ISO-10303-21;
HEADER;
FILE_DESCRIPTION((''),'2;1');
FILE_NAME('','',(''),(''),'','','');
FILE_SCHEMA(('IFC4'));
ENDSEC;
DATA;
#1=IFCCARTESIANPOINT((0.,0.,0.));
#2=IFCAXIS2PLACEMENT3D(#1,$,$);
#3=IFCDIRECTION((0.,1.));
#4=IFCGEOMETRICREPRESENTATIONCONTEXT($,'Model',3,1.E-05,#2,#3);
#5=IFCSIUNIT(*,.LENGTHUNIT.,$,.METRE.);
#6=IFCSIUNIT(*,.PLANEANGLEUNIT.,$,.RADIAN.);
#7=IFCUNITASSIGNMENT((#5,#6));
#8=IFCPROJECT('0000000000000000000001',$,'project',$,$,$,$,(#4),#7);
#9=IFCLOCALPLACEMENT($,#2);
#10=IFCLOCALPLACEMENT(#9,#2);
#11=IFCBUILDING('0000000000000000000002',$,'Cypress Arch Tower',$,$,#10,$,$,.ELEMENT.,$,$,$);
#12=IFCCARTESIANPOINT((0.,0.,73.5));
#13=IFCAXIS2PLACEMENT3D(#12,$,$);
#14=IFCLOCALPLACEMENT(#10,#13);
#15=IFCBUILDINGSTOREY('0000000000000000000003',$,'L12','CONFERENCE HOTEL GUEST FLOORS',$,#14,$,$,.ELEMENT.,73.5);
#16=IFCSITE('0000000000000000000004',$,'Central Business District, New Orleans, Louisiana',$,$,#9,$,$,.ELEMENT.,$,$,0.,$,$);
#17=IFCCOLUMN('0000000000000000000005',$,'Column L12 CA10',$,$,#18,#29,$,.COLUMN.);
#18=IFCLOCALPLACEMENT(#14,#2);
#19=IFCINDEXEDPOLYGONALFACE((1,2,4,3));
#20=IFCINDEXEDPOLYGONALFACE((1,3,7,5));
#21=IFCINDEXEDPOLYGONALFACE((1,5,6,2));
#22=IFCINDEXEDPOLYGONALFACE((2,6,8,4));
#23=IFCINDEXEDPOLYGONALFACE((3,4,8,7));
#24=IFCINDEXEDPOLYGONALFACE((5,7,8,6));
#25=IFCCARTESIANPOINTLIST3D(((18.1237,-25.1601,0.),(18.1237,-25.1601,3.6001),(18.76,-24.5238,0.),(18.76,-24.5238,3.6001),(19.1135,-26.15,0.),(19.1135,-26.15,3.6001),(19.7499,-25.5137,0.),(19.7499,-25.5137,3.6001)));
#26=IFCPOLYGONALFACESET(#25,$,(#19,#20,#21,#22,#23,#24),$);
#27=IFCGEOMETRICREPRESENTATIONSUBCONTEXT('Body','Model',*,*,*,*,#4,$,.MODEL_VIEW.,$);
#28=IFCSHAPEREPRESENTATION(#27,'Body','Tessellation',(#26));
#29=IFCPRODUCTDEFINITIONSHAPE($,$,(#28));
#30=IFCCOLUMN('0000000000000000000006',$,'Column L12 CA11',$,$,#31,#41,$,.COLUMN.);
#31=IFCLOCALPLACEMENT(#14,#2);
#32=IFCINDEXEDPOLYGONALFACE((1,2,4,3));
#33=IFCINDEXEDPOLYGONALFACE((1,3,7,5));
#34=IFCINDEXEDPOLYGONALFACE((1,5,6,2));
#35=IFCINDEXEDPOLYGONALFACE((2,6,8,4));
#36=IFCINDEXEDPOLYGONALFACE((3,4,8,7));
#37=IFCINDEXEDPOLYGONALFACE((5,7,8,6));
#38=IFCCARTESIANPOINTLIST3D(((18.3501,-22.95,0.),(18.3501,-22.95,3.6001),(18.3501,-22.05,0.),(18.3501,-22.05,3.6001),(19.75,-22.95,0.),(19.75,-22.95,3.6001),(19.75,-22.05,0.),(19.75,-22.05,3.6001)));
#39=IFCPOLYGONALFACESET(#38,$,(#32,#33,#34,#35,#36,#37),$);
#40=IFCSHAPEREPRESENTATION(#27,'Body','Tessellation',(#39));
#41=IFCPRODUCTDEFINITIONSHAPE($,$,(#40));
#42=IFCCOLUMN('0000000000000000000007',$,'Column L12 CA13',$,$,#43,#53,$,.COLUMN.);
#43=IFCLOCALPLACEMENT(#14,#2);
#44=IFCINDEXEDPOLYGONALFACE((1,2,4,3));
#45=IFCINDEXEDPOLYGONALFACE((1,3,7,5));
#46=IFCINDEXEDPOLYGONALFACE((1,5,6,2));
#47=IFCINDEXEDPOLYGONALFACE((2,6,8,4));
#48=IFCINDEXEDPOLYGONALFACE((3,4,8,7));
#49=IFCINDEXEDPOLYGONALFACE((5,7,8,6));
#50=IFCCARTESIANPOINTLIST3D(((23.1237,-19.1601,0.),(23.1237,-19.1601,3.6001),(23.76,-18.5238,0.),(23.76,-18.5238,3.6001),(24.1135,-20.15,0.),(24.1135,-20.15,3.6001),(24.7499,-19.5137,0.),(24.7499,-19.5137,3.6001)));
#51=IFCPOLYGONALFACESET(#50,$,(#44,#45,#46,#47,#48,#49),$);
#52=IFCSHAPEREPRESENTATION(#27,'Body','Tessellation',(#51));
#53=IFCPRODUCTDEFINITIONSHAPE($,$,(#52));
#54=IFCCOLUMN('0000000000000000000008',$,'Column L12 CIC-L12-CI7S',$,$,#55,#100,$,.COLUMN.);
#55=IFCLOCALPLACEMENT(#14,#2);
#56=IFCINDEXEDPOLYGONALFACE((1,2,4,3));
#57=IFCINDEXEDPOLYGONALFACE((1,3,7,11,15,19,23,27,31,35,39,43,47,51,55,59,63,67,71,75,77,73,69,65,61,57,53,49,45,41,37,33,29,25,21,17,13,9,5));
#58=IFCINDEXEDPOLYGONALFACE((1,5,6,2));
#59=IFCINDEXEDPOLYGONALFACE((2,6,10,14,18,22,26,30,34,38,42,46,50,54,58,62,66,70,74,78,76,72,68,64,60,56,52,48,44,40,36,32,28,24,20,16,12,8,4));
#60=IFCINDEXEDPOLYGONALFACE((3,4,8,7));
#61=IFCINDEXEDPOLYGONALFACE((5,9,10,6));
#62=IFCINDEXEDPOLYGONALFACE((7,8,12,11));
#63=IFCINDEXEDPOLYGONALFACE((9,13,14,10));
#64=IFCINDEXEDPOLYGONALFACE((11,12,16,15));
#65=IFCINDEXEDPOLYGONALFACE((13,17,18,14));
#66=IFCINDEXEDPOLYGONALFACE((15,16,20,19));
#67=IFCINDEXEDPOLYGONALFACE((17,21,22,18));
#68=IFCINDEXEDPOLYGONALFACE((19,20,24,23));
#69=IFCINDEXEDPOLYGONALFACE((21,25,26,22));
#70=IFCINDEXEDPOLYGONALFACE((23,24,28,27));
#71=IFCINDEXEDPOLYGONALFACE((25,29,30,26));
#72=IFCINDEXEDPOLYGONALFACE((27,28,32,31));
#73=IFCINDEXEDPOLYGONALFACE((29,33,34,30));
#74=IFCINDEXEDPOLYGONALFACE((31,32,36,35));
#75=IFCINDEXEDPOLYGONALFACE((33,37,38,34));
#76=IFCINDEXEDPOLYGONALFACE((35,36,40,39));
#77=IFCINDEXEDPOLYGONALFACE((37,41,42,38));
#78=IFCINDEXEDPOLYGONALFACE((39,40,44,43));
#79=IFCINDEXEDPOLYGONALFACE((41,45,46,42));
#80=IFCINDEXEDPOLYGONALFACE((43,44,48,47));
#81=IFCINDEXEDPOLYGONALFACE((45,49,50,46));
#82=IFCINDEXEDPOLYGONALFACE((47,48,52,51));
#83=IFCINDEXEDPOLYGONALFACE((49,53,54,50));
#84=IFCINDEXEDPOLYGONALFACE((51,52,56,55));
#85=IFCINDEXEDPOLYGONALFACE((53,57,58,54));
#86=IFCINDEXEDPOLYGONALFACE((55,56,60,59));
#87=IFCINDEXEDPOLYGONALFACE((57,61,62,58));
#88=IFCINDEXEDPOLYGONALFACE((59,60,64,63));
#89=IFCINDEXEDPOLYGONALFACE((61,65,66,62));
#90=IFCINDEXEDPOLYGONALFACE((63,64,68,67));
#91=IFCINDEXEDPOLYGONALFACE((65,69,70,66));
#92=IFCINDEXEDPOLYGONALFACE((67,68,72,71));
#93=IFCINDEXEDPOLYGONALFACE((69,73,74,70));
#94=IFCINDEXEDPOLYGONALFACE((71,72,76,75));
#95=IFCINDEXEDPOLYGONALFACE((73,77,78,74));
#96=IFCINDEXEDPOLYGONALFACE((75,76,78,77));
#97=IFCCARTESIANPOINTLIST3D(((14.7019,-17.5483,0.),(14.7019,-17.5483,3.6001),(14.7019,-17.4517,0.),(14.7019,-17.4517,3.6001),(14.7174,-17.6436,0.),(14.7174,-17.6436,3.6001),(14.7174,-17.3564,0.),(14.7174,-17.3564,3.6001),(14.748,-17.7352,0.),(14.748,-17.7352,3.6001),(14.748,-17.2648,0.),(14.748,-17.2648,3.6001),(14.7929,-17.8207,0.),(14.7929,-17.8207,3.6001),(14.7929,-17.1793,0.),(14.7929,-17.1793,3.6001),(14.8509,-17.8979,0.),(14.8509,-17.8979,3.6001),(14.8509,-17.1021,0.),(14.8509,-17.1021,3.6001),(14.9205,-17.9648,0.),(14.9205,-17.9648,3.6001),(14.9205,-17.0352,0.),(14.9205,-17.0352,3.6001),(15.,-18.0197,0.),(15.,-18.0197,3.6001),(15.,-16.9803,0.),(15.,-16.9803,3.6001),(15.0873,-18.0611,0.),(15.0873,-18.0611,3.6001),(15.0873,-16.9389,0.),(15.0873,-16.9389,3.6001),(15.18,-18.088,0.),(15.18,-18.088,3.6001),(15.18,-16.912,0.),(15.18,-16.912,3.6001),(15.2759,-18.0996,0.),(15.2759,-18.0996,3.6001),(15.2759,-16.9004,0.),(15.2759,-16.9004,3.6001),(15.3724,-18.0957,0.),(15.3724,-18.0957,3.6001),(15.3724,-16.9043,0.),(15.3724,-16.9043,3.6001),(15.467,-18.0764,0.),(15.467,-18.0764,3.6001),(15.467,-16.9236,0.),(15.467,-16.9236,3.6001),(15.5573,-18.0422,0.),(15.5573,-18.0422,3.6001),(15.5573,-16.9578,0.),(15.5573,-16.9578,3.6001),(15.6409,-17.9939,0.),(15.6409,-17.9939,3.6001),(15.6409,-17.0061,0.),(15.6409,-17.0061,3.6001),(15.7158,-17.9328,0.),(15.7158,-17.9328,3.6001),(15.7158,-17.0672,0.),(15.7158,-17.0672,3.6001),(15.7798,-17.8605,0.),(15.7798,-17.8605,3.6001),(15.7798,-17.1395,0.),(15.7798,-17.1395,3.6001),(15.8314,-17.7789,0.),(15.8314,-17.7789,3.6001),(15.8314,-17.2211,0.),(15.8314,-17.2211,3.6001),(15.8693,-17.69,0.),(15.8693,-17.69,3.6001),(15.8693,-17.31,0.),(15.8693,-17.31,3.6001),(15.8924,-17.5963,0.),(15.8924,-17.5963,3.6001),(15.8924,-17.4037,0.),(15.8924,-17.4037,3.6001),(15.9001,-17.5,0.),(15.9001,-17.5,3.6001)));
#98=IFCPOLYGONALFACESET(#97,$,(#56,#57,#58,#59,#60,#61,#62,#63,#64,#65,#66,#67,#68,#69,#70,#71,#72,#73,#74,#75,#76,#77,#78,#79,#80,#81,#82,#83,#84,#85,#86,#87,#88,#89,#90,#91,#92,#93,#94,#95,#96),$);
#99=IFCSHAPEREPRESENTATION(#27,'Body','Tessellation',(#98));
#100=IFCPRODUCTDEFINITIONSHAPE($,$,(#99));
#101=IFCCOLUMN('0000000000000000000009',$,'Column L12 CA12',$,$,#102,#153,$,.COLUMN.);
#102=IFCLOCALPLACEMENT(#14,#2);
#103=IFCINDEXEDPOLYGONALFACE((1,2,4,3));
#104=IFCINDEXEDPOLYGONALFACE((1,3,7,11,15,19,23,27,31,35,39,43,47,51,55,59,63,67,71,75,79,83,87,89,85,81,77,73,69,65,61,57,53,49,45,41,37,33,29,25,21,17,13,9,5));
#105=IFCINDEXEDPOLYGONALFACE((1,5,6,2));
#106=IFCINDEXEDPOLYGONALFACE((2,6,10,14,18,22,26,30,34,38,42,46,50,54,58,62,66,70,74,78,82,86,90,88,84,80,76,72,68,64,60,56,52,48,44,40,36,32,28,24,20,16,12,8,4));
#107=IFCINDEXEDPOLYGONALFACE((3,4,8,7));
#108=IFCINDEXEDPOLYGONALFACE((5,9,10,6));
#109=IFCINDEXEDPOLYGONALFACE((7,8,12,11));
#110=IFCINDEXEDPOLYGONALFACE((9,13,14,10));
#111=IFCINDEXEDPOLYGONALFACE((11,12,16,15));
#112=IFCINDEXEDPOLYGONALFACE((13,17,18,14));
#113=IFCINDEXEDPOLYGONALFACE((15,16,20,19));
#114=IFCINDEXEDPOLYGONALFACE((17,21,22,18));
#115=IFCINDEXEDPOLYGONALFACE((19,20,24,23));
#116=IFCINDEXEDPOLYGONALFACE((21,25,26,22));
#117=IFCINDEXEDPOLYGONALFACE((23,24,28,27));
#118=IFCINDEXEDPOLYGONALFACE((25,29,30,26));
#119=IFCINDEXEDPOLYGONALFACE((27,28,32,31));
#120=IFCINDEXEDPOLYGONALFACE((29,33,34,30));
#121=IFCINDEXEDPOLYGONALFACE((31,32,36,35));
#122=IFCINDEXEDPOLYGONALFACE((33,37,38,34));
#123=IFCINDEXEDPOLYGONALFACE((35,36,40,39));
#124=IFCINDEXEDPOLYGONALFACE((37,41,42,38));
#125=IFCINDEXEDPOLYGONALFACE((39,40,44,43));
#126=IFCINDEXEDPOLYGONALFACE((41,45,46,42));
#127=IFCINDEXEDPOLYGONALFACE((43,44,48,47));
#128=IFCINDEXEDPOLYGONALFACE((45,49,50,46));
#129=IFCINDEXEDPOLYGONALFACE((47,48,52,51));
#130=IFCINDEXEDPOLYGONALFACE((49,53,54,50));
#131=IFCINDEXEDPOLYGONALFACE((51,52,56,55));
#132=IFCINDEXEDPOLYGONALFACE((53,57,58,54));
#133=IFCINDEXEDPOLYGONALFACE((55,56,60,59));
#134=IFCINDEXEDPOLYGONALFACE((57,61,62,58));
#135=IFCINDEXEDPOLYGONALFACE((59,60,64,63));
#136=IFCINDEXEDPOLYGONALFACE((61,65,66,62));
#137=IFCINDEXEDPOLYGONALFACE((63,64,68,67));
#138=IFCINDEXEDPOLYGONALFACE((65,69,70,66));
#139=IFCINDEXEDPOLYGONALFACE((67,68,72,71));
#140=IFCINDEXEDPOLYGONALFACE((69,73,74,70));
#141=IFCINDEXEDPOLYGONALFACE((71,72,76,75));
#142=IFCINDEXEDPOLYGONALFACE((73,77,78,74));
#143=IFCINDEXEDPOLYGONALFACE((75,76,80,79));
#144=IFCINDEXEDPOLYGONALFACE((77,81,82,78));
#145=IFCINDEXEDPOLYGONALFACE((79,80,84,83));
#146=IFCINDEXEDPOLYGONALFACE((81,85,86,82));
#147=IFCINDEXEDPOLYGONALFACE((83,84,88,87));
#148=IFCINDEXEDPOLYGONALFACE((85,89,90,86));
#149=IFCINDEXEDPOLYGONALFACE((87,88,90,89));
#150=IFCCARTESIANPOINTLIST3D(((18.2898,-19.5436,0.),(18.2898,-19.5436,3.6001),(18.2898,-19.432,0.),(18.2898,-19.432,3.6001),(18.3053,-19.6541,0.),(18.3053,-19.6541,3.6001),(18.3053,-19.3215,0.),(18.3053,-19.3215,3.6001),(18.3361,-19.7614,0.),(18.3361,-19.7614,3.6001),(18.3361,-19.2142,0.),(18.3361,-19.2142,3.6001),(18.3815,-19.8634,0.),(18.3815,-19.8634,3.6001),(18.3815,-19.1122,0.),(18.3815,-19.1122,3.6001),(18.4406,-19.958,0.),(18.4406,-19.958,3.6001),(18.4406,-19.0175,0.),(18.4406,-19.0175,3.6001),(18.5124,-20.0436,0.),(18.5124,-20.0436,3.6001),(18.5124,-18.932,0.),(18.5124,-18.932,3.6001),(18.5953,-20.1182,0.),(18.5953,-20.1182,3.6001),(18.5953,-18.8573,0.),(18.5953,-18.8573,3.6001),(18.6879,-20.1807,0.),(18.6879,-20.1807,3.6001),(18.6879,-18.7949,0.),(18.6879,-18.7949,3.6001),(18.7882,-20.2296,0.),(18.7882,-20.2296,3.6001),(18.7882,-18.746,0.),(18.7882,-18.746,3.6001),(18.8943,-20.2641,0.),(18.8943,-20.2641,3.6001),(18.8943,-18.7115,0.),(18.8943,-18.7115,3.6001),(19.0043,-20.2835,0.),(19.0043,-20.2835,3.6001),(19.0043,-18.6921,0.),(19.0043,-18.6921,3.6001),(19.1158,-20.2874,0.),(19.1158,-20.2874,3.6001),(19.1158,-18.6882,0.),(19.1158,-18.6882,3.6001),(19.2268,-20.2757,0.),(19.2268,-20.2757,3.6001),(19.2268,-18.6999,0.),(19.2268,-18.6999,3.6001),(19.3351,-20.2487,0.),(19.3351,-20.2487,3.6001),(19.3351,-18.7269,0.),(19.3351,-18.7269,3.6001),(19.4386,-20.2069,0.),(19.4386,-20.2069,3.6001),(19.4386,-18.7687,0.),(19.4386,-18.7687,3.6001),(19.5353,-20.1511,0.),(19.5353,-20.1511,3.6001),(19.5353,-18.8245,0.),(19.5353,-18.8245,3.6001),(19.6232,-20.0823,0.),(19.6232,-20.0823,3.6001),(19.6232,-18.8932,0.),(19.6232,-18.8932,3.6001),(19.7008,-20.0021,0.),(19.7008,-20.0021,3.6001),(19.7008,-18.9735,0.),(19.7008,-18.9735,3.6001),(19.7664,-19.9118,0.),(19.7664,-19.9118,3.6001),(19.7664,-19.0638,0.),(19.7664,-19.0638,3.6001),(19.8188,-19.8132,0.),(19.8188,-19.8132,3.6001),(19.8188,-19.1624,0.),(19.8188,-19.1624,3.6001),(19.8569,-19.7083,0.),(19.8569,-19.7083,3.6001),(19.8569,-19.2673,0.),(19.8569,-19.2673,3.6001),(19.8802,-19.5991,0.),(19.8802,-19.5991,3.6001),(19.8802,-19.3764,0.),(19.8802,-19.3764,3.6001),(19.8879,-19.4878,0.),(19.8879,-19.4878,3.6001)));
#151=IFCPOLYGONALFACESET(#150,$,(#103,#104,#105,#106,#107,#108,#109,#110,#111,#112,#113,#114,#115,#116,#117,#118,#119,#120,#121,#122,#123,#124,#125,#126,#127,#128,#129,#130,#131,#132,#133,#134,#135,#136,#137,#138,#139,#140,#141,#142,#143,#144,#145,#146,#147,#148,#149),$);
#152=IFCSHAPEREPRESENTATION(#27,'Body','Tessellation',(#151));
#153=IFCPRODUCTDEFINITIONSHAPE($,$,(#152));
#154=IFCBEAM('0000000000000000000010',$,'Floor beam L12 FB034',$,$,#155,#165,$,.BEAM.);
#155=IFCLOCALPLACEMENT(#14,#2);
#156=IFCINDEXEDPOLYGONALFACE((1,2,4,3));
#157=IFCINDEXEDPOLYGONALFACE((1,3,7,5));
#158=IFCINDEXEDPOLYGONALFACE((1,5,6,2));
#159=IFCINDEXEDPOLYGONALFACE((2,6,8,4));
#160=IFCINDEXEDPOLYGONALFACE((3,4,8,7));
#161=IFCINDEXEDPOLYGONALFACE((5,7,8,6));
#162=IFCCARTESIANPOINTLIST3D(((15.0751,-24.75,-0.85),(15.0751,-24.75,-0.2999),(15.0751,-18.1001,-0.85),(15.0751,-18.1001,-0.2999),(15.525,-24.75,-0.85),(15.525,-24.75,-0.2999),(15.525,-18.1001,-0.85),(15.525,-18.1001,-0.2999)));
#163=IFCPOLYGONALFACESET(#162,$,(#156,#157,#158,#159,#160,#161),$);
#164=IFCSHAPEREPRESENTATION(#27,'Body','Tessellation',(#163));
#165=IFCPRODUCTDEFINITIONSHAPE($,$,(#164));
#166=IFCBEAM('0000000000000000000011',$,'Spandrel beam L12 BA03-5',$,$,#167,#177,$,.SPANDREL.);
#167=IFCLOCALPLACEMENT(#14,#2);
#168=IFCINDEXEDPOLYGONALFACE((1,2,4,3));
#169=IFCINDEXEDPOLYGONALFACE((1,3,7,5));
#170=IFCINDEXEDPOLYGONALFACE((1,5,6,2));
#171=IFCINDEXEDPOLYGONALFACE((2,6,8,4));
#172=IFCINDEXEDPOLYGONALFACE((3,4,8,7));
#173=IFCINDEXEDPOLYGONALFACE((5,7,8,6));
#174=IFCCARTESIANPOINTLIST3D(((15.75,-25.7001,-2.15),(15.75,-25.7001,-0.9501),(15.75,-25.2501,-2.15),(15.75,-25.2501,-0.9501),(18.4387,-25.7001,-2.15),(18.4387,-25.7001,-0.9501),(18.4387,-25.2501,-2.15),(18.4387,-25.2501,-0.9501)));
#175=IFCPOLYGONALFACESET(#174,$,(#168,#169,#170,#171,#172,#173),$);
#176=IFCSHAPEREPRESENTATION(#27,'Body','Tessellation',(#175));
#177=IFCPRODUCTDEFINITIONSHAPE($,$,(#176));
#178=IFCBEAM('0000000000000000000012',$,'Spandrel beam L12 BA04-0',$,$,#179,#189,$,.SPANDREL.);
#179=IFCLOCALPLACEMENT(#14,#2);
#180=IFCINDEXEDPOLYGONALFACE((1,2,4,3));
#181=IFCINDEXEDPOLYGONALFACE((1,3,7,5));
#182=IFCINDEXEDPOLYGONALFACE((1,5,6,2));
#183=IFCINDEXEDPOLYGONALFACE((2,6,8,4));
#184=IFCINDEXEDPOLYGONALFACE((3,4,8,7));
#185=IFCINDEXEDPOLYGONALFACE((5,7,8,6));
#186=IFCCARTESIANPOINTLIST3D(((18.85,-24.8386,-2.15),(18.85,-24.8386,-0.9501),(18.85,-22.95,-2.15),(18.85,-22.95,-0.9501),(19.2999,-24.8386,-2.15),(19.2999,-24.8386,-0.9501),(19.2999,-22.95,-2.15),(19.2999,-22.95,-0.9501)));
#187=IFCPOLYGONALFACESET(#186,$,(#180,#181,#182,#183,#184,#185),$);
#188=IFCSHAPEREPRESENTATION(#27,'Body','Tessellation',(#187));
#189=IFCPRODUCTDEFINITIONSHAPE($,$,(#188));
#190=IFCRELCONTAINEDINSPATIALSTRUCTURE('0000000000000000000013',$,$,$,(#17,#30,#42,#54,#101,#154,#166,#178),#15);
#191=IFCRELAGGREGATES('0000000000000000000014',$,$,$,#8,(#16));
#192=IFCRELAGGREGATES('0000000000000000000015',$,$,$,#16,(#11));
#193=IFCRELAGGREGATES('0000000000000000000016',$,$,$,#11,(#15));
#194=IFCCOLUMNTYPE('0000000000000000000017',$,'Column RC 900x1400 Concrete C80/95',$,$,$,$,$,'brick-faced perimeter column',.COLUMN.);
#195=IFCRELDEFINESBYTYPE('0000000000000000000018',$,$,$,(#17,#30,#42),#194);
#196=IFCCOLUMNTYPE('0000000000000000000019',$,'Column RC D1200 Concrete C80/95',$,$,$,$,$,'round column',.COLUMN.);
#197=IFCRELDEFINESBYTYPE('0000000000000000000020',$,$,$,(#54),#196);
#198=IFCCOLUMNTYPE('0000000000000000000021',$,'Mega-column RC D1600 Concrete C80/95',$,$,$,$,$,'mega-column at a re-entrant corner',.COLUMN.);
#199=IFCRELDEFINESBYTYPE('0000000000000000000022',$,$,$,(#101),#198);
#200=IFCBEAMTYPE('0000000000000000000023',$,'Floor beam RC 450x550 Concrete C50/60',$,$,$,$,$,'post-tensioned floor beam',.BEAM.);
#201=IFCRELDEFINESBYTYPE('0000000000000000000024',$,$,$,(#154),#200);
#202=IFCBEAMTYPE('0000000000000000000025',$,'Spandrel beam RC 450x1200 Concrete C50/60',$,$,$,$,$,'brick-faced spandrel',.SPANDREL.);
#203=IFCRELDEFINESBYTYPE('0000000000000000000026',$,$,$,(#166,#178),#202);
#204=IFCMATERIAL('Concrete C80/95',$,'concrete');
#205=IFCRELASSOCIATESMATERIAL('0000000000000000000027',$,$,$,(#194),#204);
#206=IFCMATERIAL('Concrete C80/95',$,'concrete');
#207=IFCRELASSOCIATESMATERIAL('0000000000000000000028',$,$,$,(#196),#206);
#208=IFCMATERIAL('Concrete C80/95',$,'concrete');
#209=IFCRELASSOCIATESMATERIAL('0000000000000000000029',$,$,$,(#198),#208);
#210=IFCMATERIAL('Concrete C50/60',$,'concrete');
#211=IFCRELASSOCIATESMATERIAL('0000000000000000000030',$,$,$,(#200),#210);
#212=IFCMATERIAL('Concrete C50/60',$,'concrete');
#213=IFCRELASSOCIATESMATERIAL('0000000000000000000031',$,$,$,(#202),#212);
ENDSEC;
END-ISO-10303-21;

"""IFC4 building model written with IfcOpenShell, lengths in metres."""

from ifc_helpers import new_model, si_unit, direction, frame, origin, origin_2d, place, context, subcontext, project, spatial, rectangle, circle, extrude, material, material_profile, profile_set, type_object, element, save


model = new_model("IFC4")

# Units and contexts
model_context = context("Model", 3, precision=1e-05, world=origin(), true_north=direction((0.0, 1.0)))
body_context = subcontext(model_context, "Body", "Model", "MODEL_VIEW")
ifc_project = project(units=[si_unit("LENGTHUNIT", "METRE"), si_unit("PLANEANGLEUNIT", "RADIAN")], contexts=[model_context])

# Site, building, storey
site_placement = place(None, origin())
site = spatial("IfcSite", under=ifc_project, at=site_placement, Name="Central Business District, New Orleans, Louisiana", CompositionType="ELEMENT", RefElevation=0.0)
building_placement = place(site_placement, origin())
building = spatial("IfcBuilding", under=site, at=building_placement, Name="Cypress Arch Tower", CompositionType="ELEMENT")
storey_placement = place(building_placement, frame((0.0, 0.0, 73.5)))
storey = spatial("IfcBuildingStorey", under=building, at=storey_placement, Name="L12", Description="CONFERENCE HOTEL GUEST FLOORS", CompositionType="ELEMENT", Elevation=73.5)

# Columns
ifc_material_1 = material(Name="Concrete C80/95", Category="concrete")
ifc_material_profile_1 = material_profile(ifc_material_1, rectangle(XDim=0.8999, YDim=1.3999, at=origin_2d()), Name="RC 900x1400")
ifc_profile_set_1 = profile_set([ifc_material_profile_1], Name="Concrete C80/95")
column_type_1 = type_object("IfcColumnType", Name="Column RC 900x1400 Concrete C80/95", ElementType="brick-faced perimeter column", PredefinedType="COLUMN", material=ifc_profile_set_1)
for number, where, z_axis, x_axis, name in (
    (1, (18.9368, -25.3369, 0.0), (0.0, 0.0, 1.0), (0.707107, 0.707107, 0.0), "Column L12 CA10"),
    (2, (19.05, -22.5, 0.0), (0.0, 0.0, 1.0), (0.0, 1.0, 0.0), "Column L12 CA11"),
    (3, (23.9368, -19.3369, 0.0), (0.0, 0.0, 1.0), (0.707107, 0.707107, 0.0), "Column L12 CA13"),
):
    element("IfcColumn", number, at=place(storey_placement, frame(where, z_axis=z_axis, x_axis=x_axis)), inside=storey, type_object=column_type_1, Name=name, PredefinedType="COLUMN", context=body_context, shape_type="SweptSolid", body=[
        extrude(rectangle(XDim=0.8999, YDim=1.3999, at=origin_2d()), origin(), (0.0, 0.0, 1.0), 3.6001),
    ])
ifc_material_2 = material(Name="Concrete C80/95", Category="concrete")
ifc_material_profile_2 = material_profile(ifc_material_2, circle(Radius=0.6001, at=origin_2d()), Name="RC D1200")
ifc_profile_set_2 = profile_set([ifc_material_profile_2], Name="Concrete C80/95")
column_type_2 = type_object("IfcColumnType", Name="Column RC D1200 Concrete C80/95", ElementType="round column", PredefinedType="COLUMN", material=ifc_profile_set_2)
column_1_placement = place(storey_placement, frame((15.3, -17.5, 0.0), z_axis=(0.0, 0.0, 1.0), x_axis=(1.0, 0.0, 0.0)))
element("IfcColumn", 4, at=column_1_placement, inside=storey, type_object=column_type_2, Name="Column L12 CIC-L12-CI7S", PredefinedType="COLUMN", context=body_context, shape_type="SweptSolid", body=[
    extrude(circle(Radius=0.6001, at=origin_2d()), origin(), (0.0, 0.0, 1.0), 3.6001),
])
ifc_material_3 = material(Name="Concrete C80/95", Category="concrete")
ifc_material_profile_3 = material_profile(ifc_material_3, circle(Radius=0.8, at=origin_2d()), Name="RC D1600")
ifc_profile_set_3 = profile_set([ifc_material_profile_3], Name="Concrete C80/95")
column_type_3 = type_object("IfcColumnType", Name="Mega-column RC D1600 Concrete C80/95", ElementType="mega-column at a re-entrant corner", PredefinedType="COLUMN", material=ifc_profile_set_3)
column_2_placement = place(storey_placement, frame((19.0879, -19.4878, 0.0), z_axis=(0.0, 0.0, 1.0), x_axis=(1.0, 0.0, 0.0)))
element("IfcColumn", 5, at=column_2_placement, inside=storey, type_object=column_type_3, Name="Column L12 CA12", PredefinedType="COLUMN", context=body_context, shape_type="SweptSolid", body=[
    extrude(circle(Radius=0.8, at=origin_2d()), origin(), (0.0, 0.0, 1.0), 3.6001),
])

# Beams
ifc_material_4 = material(Name="Concrete C50/60", Category="concrete")
ifc_material_profile_4 = material_profile(ifc_material_4, rectangle(XDim=0.45, YDim=0.55, at=origin_2d()), Name="RC 450x550")
ifc_profile_set_4 = profile_set([ifc_material_profile_4], Name="Concrete C50/60")
beam_type_1 = type_object("IfcBeamType", Name="Floor beam RC 450x550 Concrete C50/60", ElementType="post-tensioned floor beam", PredefinedType="BEAM", material=ifc_profile_set_4)
beam_1_placement = place(storey_placement, frame((15.3, -24.75, -0.575), z_axis=(0.0, 1.0, 0.0), x_axis=(-1.0, 0.0, 0.0)))
element("IfcBeam", 6, at=beam_1_placement, inside=storey, type_object=beam_type_1, Name="Floor beam L12 FB034", PredefinedType="BEAM", context=body_context, shape_type="SweptSolid", body=[
    extrude(rectangle(XDim=0.45, YDim=0.55, at=origin_2d()), origin(), (0.0, 0.0, 1.0), 6.6499),
])
ifc_material_5 = material(Name="Concrete C50/60", Category="concrete")
ifc_material_profile_5 = material_profile(ifc_material_5, rectangle(XDim=0.45, YDim=1.2, at=origin_2d()), Name="RC 450x1200")
ifc_profile_set_5 = profile_set([ifc_material_profile_5], Name="Concrete C50/60")
beam_type_2 = type_object("IfcBeamType", Name="Spandrel beam RC 450x1200 Concrete C50/60", ElementType="brick-faced spandrel", PredefinedType="SPANDREL", material=ifc_profile_set_5)
beam_2_placement = place(storey_placement, frame((15.75, -25.4751, -1.55), z_axis=(1.0, 0.0, 0.0), x_axis=(0.0, 1.0, 0.0)))
element("IfcBeam", 7, at=beam_2_placement, inside=storey, type_object=beam_type_2, Name="Spandrel beam L12 BA03-5", PredefinedType="SPANDREL", context=body_context, shape_type="SweptSolid", body=[
    extrude(rectangle(XDim=0.45, YDim=1.2, at=origin_2d()), origin(), (0.0, 0.0, 1.0), 2.6887),
])
beam_3_placement = place(storey_placement, frame((19.075, -24.8386, -1.55), z_axis=(0.0, 1.0, 0.0), x_axis=(-1.0, 0.0, 0.0)))
element("IfcBeam", 8, at=beam_3_placement, inside=storey, type_object=beam_type_2, Name="Spandrel beam L12 BA04-0", PredefinedType="SPANDREL", context=body_context, shape_type="SweptSolid", body=[
    extrude(rectangle(XDim=0.45, YDim=1.2, at=origin_2d()), origin(), (0.0, 0.0, 1.0), 1.8887),
])

save(model, "model.ifc")
